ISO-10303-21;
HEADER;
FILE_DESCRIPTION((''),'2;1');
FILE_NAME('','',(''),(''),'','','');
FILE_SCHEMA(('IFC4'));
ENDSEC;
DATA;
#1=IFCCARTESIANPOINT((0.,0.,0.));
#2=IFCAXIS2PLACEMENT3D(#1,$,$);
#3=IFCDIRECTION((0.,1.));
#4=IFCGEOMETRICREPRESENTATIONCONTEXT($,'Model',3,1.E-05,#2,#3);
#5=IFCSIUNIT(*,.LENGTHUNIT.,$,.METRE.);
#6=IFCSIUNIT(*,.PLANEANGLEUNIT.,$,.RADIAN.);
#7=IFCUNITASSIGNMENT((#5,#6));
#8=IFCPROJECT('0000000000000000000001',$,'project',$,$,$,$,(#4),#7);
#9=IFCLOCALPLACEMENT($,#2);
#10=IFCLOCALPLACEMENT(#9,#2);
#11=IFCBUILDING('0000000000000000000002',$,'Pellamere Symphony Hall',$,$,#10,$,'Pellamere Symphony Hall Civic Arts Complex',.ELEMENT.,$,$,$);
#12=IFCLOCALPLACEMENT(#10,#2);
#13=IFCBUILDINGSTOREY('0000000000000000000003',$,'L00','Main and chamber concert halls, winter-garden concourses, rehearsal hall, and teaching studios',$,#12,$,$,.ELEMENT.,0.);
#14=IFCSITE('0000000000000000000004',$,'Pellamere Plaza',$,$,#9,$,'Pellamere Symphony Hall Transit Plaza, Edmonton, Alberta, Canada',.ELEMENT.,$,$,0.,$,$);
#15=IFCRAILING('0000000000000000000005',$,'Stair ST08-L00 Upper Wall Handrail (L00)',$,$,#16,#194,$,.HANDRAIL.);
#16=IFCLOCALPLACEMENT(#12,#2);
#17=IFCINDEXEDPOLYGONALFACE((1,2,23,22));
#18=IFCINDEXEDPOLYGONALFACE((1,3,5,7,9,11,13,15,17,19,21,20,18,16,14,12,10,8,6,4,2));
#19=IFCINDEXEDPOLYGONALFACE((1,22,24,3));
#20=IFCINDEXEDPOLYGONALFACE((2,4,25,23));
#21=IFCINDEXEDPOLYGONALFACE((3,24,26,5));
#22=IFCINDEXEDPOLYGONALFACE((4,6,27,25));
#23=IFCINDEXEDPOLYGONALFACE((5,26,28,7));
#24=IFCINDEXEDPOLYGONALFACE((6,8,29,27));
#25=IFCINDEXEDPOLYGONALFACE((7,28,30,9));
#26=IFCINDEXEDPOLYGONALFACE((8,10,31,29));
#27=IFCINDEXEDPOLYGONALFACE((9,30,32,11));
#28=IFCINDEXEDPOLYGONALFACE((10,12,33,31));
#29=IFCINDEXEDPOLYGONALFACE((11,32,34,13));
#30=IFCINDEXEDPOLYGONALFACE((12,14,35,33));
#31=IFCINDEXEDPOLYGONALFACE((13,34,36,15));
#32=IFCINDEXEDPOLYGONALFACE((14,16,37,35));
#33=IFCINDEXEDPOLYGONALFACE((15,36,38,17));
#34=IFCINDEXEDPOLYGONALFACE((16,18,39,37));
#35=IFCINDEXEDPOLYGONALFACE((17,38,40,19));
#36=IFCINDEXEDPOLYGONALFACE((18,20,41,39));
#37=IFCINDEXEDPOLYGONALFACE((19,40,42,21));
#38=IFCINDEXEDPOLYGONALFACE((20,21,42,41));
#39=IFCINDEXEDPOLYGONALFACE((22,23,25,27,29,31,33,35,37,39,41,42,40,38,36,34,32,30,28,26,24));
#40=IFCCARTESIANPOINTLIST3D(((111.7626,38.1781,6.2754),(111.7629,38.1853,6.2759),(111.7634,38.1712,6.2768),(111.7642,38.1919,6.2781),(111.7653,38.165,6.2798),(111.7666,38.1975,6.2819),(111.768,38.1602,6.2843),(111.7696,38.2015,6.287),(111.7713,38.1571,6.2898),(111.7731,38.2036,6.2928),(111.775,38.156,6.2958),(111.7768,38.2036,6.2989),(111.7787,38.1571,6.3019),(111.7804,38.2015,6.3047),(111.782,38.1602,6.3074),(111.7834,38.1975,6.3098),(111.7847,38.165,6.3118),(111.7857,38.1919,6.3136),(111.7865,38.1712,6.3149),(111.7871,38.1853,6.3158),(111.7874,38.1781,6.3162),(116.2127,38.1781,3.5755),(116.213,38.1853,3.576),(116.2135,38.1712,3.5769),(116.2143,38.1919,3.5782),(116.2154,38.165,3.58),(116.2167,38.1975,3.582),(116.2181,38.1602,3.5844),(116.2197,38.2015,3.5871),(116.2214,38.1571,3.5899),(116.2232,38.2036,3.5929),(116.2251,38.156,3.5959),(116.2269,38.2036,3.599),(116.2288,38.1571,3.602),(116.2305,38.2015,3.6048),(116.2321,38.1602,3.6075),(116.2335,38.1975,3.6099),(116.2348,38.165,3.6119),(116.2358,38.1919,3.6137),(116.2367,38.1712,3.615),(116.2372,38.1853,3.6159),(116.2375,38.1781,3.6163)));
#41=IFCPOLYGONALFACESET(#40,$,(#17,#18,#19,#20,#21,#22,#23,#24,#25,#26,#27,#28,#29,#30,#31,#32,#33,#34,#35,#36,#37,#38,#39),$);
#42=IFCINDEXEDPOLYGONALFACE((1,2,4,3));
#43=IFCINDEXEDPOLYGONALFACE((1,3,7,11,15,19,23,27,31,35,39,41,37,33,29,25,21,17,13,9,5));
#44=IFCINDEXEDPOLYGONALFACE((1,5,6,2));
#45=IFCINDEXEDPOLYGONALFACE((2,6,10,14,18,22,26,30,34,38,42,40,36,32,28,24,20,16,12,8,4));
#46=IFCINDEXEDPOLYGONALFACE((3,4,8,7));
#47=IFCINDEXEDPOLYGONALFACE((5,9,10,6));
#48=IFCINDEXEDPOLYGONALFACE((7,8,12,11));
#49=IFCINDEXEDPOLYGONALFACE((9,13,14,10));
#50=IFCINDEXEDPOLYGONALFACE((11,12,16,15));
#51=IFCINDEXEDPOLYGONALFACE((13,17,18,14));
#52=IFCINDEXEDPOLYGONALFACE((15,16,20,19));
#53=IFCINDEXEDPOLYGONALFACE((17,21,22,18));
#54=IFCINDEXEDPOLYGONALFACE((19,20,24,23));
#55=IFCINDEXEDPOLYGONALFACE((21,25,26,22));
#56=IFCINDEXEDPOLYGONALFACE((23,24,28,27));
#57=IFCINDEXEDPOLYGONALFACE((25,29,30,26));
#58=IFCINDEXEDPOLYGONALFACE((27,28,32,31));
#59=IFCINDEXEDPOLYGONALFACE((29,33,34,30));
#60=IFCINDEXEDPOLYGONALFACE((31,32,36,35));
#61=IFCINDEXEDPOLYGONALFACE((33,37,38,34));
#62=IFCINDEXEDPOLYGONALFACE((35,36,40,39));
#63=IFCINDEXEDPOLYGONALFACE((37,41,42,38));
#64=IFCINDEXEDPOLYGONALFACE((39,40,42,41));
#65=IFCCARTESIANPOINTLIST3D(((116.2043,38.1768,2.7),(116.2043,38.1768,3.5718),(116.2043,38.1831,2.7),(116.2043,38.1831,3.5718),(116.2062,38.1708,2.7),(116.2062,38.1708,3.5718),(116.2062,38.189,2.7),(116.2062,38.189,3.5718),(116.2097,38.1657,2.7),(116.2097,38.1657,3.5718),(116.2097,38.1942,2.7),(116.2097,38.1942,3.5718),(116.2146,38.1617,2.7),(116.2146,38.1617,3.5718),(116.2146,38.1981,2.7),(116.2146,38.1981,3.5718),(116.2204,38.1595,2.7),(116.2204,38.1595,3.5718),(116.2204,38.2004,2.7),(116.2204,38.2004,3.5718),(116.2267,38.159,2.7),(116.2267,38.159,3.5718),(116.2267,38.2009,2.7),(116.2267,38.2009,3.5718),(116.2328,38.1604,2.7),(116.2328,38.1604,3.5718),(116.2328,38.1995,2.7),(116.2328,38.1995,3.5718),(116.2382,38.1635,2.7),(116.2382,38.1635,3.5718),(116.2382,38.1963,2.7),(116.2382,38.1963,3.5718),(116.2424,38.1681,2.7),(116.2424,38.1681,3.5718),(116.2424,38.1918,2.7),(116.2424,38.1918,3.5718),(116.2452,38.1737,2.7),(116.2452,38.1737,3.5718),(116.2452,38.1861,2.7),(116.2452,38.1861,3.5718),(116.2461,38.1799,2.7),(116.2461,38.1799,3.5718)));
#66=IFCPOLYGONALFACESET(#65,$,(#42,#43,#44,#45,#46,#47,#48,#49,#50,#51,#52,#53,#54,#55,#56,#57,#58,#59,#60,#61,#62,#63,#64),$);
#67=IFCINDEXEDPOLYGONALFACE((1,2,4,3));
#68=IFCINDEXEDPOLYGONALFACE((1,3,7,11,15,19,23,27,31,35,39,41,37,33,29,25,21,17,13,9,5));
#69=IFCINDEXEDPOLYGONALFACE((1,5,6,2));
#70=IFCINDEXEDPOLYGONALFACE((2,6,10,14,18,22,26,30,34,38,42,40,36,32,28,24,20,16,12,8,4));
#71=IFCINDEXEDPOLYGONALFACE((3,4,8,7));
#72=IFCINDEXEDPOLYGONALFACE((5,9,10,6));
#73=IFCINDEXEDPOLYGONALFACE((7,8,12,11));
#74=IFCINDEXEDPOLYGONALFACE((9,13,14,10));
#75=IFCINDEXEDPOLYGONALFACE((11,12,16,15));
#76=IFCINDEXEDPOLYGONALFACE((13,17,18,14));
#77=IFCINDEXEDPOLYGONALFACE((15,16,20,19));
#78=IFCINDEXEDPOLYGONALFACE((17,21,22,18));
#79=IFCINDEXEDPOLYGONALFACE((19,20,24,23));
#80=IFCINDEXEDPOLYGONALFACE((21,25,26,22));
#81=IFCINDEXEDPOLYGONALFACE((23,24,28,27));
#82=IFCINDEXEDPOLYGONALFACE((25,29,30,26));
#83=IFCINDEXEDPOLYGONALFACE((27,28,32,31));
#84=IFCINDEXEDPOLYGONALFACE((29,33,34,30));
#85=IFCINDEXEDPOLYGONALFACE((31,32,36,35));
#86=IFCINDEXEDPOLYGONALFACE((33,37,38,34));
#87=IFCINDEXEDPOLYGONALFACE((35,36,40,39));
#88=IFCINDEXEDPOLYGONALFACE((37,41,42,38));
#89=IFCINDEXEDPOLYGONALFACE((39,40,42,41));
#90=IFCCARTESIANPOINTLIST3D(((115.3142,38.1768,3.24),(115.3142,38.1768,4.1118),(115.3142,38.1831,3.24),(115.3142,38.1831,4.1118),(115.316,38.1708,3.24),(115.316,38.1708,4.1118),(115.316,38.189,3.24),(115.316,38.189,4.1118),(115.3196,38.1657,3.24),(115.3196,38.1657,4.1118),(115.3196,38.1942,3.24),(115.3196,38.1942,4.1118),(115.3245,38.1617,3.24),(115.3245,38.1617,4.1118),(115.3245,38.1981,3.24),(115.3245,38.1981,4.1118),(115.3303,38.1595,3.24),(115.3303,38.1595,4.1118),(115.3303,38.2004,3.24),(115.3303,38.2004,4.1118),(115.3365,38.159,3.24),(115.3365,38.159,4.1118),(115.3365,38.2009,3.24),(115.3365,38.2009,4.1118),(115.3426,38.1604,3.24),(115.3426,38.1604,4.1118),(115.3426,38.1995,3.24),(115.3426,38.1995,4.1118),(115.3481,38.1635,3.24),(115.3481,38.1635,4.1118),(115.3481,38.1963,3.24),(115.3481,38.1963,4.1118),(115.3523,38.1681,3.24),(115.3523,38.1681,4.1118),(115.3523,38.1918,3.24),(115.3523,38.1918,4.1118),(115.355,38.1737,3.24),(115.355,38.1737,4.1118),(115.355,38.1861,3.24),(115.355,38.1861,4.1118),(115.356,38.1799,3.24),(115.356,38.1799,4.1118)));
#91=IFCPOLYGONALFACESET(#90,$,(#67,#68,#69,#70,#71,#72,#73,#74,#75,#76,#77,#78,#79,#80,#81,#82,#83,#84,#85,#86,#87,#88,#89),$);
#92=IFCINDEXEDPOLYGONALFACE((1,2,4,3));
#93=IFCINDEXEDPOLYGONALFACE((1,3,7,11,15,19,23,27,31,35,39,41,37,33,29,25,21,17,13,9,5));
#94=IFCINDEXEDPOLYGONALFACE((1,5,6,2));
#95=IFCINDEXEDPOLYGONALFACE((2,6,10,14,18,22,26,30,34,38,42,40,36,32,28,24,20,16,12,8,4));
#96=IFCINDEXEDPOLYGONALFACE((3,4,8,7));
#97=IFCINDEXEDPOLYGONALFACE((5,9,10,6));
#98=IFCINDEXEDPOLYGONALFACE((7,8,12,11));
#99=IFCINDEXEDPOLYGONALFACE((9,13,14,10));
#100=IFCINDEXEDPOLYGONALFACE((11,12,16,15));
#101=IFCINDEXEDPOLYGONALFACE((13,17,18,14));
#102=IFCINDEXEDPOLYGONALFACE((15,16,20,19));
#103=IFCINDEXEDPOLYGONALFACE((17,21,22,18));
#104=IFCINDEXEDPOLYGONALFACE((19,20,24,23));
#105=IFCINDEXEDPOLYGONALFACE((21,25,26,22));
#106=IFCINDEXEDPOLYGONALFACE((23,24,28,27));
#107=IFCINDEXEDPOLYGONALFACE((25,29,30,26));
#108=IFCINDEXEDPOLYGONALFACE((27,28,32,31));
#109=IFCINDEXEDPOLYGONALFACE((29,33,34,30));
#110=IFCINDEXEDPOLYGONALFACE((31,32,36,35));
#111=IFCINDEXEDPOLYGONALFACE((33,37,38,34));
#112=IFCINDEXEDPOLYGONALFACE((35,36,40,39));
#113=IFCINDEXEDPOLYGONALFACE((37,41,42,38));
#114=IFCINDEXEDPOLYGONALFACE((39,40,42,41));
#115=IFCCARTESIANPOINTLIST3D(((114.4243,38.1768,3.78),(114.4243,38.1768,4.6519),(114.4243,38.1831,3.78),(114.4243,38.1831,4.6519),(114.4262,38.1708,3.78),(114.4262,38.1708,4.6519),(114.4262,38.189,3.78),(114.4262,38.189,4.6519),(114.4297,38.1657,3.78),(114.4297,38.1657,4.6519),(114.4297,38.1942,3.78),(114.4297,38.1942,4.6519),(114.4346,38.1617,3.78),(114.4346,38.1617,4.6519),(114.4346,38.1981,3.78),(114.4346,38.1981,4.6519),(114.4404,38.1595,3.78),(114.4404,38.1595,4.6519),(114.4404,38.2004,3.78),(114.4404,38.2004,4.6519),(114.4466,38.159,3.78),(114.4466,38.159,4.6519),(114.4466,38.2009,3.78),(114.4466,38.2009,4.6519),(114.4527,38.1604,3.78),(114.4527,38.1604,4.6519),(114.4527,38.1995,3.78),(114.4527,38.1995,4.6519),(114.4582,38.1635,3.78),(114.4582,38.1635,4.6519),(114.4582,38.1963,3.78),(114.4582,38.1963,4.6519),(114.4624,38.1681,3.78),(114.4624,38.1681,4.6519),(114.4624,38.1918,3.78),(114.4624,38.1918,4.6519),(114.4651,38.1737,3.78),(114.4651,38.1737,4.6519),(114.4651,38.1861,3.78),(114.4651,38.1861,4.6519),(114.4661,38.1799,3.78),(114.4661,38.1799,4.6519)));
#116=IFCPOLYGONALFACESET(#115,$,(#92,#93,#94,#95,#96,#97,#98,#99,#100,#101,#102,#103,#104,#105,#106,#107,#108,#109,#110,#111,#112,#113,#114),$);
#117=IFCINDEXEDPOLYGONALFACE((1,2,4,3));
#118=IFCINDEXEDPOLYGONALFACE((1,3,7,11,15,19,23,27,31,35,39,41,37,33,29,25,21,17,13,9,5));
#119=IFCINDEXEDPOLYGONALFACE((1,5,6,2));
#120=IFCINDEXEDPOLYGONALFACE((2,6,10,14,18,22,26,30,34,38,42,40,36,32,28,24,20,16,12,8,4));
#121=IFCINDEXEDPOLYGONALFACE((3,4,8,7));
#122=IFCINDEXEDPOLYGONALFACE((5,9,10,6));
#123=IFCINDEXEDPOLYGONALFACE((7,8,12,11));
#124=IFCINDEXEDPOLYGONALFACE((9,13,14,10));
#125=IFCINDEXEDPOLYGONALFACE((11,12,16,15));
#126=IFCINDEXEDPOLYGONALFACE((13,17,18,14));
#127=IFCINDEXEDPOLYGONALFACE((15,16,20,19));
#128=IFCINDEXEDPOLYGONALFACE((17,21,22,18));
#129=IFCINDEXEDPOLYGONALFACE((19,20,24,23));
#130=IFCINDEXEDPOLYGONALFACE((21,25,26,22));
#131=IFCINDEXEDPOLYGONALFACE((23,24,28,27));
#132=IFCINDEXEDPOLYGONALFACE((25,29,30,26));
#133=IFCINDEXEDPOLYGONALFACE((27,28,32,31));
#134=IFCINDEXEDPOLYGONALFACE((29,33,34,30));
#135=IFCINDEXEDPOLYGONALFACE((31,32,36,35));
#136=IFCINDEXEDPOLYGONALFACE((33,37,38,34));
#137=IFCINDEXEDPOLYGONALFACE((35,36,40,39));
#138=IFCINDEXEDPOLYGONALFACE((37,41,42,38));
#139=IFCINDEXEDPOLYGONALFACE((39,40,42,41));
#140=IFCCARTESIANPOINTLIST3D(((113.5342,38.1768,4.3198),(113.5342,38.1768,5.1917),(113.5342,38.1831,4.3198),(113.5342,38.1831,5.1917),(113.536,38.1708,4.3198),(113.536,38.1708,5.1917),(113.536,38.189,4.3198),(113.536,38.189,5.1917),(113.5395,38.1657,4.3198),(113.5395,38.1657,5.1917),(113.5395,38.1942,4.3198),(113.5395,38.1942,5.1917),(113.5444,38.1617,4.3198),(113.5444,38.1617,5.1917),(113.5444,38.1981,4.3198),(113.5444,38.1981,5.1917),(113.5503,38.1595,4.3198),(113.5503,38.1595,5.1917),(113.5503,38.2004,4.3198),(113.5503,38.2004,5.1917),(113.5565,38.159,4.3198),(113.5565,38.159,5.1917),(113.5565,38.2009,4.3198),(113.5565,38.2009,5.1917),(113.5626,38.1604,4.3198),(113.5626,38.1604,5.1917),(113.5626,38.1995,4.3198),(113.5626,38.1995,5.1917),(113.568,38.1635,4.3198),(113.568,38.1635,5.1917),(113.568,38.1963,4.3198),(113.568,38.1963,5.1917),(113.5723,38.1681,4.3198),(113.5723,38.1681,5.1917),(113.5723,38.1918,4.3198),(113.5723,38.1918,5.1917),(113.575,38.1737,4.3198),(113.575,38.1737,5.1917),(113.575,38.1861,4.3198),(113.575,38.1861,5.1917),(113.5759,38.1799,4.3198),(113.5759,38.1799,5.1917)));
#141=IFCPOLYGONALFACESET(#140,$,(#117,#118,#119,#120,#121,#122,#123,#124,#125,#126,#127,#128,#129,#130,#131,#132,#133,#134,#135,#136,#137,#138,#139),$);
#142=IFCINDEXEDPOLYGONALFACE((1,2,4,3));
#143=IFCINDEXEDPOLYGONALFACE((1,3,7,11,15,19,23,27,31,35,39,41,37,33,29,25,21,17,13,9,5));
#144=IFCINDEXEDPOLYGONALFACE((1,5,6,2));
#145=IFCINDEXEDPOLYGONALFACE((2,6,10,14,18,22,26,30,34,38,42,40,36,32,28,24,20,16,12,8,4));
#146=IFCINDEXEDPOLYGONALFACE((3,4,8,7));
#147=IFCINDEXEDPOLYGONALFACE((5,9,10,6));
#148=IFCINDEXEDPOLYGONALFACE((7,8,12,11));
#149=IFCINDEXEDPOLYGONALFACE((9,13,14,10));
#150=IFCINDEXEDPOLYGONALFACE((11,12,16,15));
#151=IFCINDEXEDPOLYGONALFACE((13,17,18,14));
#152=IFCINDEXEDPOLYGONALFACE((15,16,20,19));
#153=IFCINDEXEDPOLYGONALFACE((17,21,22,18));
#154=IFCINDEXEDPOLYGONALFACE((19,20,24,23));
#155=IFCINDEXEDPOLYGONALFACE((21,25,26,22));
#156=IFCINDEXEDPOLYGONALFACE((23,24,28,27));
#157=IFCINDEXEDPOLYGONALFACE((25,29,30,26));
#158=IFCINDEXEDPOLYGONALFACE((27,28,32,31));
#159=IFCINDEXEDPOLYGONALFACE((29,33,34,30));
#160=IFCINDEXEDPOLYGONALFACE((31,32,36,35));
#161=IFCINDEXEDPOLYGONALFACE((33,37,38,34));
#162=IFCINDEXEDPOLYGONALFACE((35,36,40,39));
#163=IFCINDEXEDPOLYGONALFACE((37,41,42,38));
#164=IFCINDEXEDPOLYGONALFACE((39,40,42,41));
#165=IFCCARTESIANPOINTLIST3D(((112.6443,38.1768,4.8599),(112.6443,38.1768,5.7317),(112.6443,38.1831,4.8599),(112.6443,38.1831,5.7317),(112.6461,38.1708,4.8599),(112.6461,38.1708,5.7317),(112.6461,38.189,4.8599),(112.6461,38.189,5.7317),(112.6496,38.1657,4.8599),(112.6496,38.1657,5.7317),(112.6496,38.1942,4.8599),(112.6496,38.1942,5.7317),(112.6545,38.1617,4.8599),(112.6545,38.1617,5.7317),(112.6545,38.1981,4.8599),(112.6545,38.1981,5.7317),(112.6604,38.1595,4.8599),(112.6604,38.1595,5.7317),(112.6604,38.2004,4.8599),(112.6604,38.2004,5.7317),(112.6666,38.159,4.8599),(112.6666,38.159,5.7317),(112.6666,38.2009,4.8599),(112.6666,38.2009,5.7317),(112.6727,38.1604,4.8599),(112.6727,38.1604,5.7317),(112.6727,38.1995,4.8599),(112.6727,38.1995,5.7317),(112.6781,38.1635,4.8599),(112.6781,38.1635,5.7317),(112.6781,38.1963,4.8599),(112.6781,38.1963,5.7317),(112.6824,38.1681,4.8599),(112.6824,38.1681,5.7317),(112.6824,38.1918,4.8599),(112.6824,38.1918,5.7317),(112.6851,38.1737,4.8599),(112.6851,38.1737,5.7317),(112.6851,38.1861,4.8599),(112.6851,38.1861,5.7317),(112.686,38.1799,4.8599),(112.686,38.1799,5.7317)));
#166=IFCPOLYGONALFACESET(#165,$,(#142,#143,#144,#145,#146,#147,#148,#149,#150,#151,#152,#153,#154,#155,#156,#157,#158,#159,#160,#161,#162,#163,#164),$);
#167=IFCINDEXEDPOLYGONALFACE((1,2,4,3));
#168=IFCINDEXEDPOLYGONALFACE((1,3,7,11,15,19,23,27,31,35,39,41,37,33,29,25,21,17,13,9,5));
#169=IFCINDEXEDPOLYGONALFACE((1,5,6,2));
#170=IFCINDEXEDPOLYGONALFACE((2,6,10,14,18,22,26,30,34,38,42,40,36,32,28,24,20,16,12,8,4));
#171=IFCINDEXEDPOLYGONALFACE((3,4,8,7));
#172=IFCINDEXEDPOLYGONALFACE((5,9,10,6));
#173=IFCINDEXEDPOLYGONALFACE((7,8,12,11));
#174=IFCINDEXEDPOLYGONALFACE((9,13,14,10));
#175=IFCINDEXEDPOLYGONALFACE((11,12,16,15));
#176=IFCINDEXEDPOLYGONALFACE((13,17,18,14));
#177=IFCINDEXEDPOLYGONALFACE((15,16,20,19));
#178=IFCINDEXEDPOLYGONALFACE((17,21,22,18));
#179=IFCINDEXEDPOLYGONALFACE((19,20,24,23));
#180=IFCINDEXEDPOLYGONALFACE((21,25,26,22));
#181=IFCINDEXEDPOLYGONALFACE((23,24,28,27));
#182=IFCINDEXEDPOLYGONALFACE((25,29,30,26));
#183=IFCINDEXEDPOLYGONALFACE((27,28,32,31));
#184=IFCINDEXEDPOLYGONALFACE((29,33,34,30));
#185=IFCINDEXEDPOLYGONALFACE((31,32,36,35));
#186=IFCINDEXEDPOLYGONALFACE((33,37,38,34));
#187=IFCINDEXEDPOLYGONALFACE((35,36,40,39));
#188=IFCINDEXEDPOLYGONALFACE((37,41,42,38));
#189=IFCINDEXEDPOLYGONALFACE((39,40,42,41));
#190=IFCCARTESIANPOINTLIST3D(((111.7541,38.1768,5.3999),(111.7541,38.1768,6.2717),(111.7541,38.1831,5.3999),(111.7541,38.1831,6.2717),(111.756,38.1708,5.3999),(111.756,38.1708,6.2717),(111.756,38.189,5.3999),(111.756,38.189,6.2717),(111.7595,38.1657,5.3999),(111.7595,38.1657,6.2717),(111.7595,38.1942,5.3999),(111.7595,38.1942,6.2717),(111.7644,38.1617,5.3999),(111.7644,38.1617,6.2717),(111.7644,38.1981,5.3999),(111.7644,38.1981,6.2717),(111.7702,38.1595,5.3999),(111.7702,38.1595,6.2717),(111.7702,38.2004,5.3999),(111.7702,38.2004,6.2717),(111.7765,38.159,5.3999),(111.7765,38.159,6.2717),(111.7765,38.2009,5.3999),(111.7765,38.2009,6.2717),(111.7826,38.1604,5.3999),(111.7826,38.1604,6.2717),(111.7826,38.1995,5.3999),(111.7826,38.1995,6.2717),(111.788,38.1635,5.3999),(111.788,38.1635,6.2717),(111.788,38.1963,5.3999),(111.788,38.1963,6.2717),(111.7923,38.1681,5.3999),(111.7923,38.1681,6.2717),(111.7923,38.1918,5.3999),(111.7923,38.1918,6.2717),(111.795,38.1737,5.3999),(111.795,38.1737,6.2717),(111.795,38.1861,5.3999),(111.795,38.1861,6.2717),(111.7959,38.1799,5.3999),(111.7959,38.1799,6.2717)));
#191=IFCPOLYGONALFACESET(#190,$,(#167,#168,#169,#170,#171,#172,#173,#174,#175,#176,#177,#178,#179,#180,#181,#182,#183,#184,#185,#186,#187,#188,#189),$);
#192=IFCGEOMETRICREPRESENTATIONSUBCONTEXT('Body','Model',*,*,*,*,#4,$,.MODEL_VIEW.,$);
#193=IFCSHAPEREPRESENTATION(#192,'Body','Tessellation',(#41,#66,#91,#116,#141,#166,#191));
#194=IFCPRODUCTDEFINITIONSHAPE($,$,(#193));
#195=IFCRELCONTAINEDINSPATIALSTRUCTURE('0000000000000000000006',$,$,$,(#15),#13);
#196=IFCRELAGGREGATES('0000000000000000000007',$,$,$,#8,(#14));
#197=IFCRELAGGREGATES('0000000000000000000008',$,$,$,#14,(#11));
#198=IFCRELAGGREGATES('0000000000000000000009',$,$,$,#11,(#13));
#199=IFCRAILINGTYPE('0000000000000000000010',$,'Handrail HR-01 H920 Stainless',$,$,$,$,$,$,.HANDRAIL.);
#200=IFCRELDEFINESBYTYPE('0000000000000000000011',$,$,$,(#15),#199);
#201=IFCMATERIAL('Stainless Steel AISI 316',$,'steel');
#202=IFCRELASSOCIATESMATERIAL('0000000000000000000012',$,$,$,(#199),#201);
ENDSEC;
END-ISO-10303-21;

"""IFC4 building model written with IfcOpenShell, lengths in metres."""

from ifc_helpers import new_model, si_unit, direction, frame, origin, origin_2d, place, context, subcontext, project, spatial, circle, extrude, material, type_object, element, save


model = new_model("IFC4")

# Units and contexts
model_context = context("Model", 3, precision=1e-05, world=origin(), true_north=direction((0.0, 1.0)))
body_context = subcontext(model_context, "Body", "Model", "MODEL_VIEW")
ifc_project = project(units=[si_unit("LENGTHUNIT", "METRE"), si_unit("PLANEANGLEUNIT", "RADIAN")], contexts=[model_context])

# Site, building, storey
site_placement = place(None, origin())
site = spatial("IfcSite", under=ifc_project, at=site_placement, Name="Pellamere Plaza", LongName="Pellamere Symphony Hall Transit Plaza, Edmonton, Alberta, Canada", CompositionType="ELEMENT", RefElevation=0.0)
building_placement = place(site_placement, origin())
building = spatial("IfcBuilding", under=site, at=building_placement, Name="Pellamere Symphony Hall", LongName="Pellamere Symphony Hall Civic Arts Complex", CompositionType="ELEMENT")
storey_placement = place(building_placement, origin())
storey = spatial("IfcBuildingStorey", under=building, at=storey_placement, Name="L00", Description="Main and chamber concert halls, winter-garden concourses, rehearsal hall, and teaching studios", CompositionType="ELEMENT", Elevation=0.0)

# Railing
ifc_material_1 = material(Name="Stainless Steel AISI 316", Category="steel")
railing_type = type_object("IfcRailingType", Name="Handrail HR-01 H920 Stainless", PredefinedType="HANDRAIL", material=ifc_material_1)
railing_placement = place(storey_placement, frame((116.2251, 38.1799, 2.7)))
element("IfcRailing", 1, at=railing_placement, inside=storey, type_object=railing_type, Name="Stair ST08-L00 Upper Wall Handrail (L00)", PredefinedType="HANDRAIL", context=body_context, shape_type="SweptSolid", body=[
    extrude(circle(Radius=0.0239, at=origin_2d()), frame((0.0, 0.0, 0.896), z_axis=(-0.854954, 0.0, 0.518704), x_axis=(0.0, -1.0, 0.0)), (0.0, 0.0, 1.0), 5.2051),
    extrude(circle(Radius=0.021, at=origin_2d()), origin(), (0.0, 0.0, 1.0), 0.8718),
    extrude(circle(Radius=0.021, at=origin_2d()), frame((-0.8901, 0.0, 0.54)), (0.0, 0.0, 1.0), 0.8718),
    extrude(circle(Radius=0.021, at=origin_2d()), frame((-1.78, 0.0, 1.0801)), (0.0, 0.0, 1.0), 0.8718),
    extrude(circle(Radius=0.021, at=origin_2d()), frame((-2.6702, 0.0, 1.6199)), (0.0, 0.0, 1.0), 0.8718),
    extrude(circle(Radius=0.021, at=origin_2d()), frame((-3.5601, 0.0, 2.1599)), (0.0, 0.0, 1.0), 0.8718),
    extrude(circle(Radius=0.021, at=origin_2d()), frame((-4.4502, 0.0, 2.7)), (0.0, 0.0, 1.0), 0.8718),
])

save(model, "model.ifc")
